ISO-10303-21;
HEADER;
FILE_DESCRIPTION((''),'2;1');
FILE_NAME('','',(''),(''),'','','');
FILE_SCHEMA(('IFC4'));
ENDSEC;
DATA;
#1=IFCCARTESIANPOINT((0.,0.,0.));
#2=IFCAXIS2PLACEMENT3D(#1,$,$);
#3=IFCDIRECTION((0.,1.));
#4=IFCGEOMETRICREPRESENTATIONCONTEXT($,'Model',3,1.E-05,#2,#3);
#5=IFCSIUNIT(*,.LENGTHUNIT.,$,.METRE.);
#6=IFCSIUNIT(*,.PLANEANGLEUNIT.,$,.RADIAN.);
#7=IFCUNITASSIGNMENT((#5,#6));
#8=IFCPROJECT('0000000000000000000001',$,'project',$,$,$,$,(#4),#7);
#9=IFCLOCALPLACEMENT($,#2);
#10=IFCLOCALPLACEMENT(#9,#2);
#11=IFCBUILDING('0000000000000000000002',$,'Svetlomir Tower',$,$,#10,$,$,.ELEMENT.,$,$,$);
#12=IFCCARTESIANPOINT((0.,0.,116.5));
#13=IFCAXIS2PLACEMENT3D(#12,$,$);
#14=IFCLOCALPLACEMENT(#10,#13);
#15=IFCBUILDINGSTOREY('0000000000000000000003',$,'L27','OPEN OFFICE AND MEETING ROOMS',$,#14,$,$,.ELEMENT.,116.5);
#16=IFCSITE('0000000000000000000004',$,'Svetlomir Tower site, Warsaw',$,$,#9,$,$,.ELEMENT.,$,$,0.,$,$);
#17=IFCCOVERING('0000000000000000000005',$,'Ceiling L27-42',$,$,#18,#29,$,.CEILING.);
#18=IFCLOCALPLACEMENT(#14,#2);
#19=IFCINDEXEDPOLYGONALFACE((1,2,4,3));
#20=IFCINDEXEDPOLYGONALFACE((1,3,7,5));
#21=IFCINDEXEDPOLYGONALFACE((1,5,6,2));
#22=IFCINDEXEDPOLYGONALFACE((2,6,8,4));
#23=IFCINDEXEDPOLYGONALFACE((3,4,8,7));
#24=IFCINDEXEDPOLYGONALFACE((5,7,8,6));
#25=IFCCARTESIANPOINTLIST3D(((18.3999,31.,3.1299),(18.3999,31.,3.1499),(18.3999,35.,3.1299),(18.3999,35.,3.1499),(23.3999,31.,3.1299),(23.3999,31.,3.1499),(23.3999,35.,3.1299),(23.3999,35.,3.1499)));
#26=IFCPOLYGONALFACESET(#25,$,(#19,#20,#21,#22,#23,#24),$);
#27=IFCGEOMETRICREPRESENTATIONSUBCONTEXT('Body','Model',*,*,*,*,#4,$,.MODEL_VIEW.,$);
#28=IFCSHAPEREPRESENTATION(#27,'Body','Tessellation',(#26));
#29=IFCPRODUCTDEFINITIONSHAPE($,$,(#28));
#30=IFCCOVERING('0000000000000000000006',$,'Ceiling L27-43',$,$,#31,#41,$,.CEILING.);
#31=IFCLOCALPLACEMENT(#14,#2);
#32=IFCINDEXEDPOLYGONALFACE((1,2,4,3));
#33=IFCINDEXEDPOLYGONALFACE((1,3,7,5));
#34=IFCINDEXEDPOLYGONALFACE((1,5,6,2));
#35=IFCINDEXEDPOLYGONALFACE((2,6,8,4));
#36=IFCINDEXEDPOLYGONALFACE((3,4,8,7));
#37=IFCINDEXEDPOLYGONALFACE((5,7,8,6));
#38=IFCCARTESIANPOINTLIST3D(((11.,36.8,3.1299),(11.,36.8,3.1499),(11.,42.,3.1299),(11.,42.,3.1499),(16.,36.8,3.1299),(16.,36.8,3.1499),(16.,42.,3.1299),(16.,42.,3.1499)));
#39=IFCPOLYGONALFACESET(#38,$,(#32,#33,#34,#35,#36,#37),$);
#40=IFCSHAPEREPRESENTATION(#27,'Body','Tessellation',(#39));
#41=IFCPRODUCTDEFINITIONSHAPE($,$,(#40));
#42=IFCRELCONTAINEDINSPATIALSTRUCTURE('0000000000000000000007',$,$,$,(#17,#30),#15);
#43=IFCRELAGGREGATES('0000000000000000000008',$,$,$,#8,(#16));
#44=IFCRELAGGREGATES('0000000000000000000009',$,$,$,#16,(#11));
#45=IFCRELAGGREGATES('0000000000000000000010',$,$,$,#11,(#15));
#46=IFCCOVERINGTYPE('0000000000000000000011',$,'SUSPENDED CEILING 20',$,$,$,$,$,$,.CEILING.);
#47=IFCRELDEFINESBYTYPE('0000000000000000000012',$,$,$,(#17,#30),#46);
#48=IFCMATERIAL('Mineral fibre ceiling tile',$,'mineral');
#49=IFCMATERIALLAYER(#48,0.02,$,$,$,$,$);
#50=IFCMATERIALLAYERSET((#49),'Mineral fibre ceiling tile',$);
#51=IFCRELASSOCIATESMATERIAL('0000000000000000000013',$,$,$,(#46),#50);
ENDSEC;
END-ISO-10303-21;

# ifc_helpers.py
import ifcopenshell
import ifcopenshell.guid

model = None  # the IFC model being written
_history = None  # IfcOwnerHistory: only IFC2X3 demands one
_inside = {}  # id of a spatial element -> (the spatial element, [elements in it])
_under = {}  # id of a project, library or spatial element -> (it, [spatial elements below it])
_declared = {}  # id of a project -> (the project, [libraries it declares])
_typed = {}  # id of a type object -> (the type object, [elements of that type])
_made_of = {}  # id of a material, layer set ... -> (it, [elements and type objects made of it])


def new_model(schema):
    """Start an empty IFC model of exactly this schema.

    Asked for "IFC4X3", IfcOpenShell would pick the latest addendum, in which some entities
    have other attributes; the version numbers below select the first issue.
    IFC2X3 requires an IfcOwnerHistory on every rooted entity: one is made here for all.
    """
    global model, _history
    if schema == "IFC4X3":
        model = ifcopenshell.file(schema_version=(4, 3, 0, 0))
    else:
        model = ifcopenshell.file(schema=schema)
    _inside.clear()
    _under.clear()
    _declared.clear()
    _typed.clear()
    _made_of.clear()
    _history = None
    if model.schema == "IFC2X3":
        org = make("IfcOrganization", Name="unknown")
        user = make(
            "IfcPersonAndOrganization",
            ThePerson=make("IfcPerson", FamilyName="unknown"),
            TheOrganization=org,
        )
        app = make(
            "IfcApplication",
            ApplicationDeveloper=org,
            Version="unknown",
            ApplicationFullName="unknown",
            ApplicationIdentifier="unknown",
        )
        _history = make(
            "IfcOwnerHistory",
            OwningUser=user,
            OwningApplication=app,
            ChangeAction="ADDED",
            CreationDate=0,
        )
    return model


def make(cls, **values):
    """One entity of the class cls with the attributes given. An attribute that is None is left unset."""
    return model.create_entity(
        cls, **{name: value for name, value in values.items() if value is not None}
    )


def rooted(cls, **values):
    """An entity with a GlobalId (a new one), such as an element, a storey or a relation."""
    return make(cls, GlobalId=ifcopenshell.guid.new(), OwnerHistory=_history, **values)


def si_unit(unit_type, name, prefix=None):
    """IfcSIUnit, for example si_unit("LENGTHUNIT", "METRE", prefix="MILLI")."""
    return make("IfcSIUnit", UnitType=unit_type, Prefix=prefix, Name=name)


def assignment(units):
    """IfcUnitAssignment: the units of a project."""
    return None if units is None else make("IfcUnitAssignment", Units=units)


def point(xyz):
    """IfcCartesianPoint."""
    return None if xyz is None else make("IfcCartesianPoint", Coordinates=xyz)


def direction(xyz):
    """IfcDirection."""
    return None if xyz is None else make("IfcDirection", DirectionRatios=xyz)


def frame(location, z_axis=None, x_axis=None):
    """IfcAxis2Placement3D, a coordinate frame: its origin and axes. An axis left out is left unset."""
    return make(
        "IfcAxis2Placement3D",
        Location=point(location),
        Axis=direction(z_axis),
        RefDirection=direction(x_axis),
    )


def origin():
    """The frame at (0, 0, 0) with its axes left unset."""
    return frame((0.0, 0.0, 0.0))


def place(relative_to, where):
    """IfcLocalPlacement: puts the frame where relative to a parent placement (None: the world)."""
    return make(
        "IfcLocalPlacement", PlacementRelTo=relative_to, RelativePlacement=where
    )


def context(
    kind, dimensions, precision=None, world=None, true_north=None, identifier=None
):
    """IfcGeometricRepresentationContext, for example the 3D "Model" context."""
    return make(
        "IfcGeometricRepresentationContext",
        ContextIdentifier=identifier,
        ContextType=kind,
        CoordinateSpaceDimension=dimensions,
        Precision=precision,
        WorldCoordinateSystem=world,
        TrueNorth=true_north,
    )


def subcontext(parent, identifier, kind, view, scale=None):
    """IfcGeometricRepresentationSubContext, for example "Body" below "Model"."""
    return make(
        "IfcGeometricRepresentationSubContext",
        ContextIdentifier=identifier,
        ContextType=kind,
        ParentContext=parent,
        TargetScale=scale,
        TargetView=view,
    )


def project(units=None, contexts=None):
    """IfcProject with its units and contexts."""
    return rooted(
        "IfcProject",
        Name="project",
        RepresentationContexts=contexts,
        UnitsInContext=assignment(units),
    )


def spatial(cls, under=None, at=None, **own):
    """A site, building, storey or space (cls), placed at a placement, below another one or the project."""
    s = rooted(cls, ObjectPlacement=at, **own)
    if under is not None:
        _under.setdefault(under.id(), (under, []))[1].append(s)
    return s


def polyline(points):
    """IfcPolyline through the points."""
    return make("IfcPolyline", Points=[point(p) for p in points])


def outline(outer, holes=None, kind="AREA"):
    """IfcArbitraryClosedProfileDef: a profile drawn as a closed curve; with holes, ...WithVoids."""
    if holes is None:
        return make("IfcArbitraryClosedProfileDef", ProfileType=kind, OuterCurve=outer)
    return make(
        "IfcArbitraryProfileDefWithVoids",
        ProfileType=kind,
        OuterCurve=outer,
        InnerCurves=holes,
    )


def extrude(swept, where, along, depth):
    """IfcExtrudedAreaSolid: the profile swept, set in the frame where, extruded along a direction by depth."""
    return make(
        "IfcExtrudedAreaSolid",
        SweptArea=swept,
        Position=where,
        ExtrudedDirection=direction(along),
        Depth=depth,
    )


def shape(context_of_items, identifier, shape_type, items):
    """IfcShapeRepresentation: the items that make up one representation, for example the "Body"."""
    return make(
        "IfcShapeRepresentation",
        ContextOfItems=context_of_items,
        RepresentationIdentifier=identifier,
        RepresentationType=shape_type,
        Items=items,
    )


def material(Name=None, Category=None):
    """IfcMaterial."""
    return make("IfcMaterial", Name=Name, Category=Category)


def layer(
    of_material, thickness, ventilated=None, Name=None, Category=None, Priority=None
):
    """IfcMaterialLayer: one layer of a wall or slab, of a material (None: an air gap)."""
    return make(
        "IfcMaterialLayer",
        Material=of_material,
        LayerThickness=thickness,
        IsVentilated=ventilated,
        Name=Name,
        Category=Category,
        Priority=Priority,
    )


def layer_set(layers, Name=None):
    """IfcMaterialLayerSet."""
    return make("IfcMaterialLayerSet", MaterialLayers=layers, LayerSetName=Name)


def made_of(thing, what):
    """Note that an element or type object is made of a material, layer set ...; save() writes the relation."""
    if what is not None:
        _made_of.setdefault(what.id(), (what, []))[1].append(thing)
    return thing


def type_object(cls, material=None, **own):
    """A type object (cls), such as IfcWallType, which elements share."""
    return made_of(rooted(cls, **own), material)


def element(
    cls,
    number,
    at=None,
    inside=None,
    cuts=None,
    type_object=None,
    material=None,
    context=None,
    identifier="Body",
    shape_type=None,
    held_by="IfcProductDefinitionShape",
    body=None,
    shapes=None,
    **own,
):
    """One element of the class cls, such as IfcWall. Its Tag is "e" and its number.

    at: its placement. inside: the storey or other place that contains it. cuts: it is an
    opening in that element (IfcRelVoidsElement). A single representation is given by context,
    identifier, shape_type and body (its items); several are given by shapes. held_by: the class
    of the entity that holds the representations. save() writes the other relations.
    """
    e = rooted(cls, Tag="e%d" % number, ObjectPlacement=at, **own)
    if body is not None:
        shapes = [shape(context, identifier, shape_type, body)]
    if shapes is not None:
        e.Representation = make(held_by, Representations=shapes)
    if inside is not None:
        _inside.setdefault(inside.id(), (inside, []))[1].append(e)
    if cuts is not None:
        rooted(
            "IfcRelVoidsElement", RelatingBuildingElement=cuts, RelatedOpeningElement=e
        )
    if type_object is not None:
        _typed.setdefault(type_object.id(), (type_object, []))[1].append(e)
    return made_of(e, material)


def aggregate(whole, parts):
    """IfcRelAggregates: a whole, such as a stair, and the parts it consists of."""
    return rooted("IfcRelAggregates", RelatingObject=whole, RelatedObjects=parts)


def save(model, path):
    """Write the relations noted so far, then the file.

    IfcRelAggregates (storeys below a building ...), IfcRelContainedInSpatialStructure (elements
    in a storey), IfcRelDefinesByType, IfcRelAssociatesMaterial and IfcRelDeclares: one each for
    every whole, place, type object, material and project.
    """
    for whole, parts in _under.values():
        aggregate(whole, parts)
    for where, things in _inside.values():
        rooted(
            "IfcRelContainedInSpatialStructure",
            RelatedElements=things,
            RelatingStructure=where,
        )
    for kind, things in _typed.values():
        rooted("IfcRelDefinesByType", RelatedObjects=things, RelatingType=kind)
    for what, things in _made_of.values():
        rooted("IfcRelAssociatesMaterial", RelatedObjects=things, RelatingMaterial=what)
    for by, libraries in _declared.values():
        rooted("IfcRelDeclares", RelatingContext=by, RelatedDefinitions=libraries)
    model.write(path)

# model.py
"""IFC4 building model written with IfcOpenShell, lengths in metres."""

from ifc_helpers import new_model, si_unit, direction, frame, origin, place, context, subcontext, project, spatial, polyline, outline, extrude, material, layer, layer_set, type_object, element, save


model = new_model("IFC4")

# Units and contexts
model_context = context("Model", 3, precision=1e-05, world=origin(), true_north=direction((0.0, 1.0)))
body_context = subcontext(model_context, "Body", "Model", "MODEL_VIEW")
ifc_project = project(units=[si_unit("LENGTHUNIT", "METRE"), si_unit("PLANEANGLEUNIT", "RADIAN")], contexts=[model_context])

# Site, building, storey
site_placement = place(None, origin())
site = spatial("IfcSite", under=ifc_project, at=site_placement, Name="Svetlomir Tower site, Warsaw", CompositionType="ELEMENT", RefElevation=0.0)
building_placement = place(site_placement, origin())
building = spatial("IfcBuilding", under=site, at=building_placement, Name="Svetlomir Tower", CompositionType="ELEMENT")
storey_placement = place(building_placement, frame((0.0, 0.0, 116.5)))
storey = spatial("IfcBuildingStorey", under=building, at=storey_placement, Name="L27", Description="OPEN OFFICE AND MEETING ROOMS", CompositionType="ELEMENT", Elevation=116.5)

# Coverings
ifc_material_1 = material(Name="Mineral fibre ceiling tile", Category="mineral")
ifc_layer_1 = layer(ifc_material_1, 0.02)
ifc_layer_set_1 = layer_set([ifc_layer_1], Name="Mineral fibre ceiling tile")
covering_type_1 = type_object("IfcCoveringType", Name="SUSPENDED CEILING 20", PredefinedType="CEILING", material=ifc_layer_set_1)
covering_1_placement = place(storey_placement, frame((0.0, 0.0, 3.1299)))
element("IfcCovering", 1, at=covering_1_placement, inside=storey, type_object=covering_type_1, Name="Ceiling L27-42", PredefinedType="CEILING", context=body_context, shape_type="SweptSolid", body=[
    extrude(outline(polyline([(18.3999, 31.0), (18.3999, 35.0), (23.3999, 35.0), (23.3999, 31.0), (18.3999, 31.0)])), origin(), (0.0, 0.0, 1.0), 0.02),
])
covering_2_placement = place(storey_placement, frame((0.0, 0.0, 3.1299)))
element("IfcCovering", 2, at=covering_2_placement, inside=storey, type_object=covering_type_1, Name="Ceiling L27-43", PredefinedType="CEILING", context=body_context, shape_type="SweptSolid", body=[
    extrude(outline(polyline([(16.0, 42.0), (16.0, 36.8), (11.0, 36.8), (11.0, 42.0), (16.0, 42.0)])), origin(), (0.0, 0.0, 1.0), 0.02),
])

save(model, "model.ifc")
